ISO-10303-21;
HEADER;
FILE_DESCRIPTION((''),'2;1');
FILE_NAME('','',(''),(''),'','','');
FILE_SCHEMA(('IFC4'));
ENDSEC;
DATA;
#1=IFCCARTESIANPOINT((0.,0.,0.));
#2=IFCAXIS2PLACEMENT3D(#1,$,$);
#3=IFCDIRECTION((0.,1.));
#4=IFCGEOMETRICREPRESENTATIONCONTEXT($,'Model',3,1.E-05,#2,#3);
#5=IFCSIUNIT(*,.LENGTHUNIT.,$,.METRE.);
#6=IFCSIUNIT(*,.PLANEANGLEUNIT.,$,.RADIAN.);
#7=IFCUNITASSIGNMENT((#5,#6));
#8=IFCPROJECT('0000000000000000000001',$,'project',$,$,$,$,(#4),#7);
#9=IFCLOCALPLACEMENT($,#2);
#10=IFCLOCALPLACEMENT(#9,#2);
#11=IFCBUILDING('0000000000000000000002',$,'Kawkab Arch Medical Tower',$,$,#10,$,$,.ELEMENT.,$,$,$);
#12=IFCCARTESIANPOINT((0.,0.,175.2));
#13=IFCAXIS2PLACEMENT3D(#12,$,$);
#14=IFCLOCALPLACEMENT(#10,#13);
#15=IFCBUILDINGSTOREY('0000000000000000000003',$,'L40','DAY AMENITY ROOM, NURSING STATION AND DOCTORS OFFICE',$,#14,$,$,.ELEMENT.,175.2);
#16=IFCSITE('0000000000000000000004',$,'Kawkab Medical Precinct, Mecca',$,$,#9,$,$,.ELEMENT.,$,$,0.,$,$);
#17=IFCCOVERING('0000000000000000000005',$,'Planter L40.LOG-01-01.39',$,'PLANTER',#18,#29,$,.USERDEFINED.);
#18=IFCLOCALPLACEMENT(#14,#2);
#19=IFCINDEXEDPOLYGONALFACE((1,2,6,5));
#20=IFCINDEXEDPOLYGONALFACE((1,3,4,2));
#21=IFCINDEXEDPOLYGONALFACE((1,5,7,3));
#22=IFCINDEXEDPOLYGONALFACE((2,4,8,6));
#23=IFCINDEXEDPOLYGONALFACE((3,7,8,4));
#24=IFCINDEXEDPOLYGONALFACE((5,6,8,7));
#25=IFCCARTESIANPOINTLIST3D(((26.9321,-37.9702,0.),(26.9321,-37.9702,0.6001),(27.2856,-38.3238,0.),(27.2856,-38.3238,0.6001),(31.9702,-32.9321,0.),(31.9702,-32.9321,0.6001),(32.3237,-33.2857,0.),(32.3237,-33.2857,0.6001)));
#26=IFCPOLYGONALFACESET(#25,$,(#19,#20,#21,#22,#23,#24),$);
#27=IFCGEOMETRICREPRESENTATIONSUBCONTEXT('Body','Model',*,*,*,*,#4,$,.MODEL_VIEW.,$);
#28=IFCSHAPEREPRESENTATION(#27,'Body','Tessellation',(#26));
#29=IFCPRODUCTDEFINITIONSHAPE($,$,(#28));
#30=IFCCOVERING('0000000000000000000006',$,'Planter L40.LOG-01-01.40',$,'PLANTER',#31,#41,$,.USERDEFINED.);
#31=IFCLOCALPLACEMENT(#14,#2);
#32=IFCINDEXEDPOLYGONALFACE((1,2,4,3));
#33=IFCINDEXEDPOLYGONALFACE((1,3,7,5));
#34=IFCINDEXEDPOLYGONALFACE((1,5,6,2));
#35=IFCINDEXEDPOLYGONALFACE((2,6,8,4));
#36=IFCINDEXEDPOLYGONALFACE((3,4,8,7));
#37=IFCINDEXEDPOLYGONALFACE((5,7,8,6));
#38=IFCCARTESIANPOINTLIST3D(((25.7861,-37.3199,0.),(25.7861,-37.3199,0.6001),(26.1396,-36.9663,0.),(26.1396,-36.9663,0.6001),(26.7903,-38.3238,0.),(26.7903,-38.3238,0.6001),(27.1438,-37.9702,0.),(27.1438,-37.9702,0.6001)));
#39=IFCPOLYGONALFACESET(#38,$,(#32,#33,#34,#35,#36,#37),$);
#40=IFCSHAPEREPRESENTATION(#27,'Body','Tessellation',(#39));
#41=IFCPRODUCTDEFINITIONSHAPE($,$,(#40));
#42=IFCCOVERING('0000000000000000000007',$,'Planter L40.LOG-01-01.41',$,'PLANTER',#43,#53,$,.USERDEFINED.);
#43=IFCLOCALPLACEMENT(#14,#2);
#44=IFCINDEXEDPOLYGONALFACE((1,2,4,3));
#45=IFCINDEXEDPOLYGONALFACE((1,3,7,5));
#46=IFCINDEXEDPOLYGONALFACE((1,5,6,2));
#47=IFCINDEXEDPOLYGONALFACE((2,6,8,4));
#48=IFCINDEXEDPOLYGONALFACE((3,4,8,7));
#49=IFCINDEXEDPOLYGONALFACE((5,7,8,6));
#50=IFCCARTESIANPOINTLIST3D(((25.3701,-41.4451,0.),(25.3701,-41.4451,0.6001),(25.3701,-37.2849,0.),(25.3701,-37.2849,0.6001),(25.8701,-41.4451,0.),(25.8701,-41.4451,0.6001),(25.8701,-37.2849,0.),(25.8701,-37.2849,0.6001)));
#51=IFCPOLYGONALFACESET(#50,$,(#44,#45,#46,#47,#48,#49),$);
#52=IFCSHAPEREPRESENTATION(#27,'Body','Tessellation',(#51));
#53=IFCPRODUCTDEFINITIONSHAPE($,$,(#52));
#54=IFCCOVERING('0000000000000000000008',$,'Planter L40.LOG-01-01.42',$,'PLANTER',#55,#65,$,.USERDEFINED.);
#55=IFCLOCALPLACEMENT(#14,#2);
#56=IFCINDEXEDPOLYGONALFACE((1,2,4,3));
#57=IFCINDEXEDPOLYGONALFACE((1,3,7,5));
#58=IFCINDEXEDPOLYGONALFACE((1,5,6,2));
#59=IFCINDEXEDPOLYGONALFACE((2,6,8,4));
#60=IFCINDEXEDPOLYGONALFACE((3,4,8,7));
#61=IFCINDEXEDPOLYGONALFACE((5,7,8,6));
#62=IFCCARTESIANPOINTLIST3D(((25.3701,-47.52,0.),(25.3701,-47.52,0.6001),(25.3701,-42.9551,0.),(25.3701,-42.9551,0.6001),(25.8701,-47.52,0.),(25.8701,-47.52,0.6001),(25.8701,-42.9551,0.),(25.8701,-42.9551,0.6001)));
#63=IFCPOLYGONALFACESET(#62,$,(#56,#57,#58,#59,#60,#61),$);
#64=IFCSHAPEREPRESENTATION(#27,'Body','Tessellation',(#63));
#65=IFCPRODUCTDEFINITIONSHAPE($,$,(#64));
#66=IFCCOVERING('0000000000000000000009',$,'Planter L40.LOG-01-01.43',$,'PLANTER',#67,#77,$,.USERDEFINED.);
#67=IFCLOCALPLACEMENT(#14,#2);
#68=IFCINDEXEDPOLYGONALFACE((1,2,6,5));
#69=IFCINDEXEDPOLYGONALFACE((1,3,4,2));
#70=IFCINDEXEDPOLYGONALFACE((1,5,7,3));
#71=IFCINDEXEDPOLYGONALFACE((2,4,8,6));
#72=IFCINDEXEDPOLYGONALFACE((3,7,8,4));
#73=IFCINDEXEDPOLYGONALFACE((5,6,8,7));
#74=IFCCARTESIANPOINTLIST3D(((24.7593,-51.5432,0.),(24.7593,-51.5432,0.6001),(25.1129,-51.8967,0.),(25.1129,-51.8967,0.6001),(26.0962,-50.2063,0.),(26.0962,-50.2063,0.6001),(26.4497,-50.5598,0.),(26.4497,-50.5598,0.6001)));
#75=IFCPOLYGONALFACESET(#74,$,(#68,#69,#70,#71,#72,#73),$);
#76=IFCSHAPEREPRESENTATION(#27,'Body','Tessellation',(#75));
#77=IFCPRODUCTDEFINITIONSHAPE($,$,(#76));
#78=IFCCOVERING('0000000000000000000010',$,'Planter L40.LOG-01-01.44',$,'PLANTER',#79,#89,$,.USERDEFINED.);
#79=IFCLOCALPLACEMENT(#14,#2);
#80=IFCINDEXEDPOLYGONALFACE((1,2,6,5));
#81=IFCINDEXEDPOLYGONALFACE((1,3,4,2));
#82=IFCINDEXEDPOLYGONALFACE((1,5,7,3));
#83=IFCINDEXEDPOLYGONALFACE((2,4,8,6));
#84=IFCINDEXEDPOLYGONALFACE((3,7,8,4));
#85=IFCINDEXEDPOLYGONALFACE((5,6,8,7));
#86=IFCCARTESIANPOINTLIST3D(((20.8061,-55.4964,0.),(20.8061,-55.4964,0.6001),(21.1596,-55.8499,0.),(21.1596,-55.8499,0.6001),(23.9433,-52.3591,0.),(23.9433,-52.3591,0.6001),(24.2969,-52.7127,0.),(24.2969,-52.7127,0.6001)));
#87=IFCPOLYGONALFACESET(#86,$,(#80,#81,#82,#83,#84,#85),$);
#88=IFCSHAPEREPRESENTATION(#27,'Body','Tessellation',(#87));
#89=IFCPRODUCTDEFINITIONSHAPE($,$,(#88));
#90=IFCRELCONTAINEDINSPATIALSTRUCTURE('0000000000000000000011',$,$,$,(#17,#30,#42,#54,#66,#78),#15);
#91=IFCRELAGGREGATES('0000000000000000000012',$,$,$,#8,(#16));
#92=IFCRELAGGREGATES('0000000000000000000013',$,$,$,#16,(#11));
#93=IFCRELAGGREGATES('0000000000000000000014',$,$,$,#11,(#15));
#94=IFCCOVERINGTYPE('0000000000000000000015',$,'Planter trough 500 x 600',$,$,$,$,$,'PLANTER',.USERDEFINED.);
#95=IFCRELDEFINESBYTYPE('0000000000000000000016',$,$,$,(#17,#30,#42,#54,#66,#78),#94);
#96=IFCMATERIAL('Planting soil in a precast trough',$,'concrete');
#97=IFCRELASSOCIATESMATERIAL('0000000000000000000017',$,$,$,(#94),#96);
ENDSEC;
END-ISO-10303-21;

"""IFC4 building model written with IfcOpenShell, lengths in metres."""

from ifc_helpers import new_model, si_unit, direction, frame, origin, origin_2d, place, context, subcontext, project, spatial, rectangle, extrude, material, material_profile, profile_set, type_object, element, save


model = new_model("IFC4")

# Units and contexts
model_context = context("Model", 3, precision=1e-05, world=origin(), true_north=direction((0.0, 1.0)))
body_context = subcontext(model_context, "Body", "Model", "MODEL_VIEW")
ifc_project = project(units=[si_unit("LENGTHUNIT", "METRE"), si_unit("PLANEANGLEUNIT", "RADIAN")], contexts=[model_context])

# Site, building, storey
site_placement = place(None, origin())
site = spatial("IfcSite", under=ifc_project, at=site_placement, Name="Kawkab Medical Precinct, Mecca", CompositionType="ELEMENT", RefElevation=0.0)
building_placement = place(site_placement, origin())
building = spatial("IfcBuilding", under=site, at=building_placement, Name="Kawkab Arch Medical Tower", CompositionType="ELEMENT")
storey_placement = place(building_placement, frame((0.0, 0.0, 175.2)))
storey = spatial("IfcBuildingStorey", under=building, at=storey_placement, Name="L40", Description="DAY AMENITY ROOM, NURSING STATION AND DOCTORS OFFICE", CompositionType="ELEMENT", Elevation=175.2)

# Coverings
ifc_material_1 = material(Name="Planting soil in a precast trough", Category="concrete")
ifc_material_profile_1 = material_profile(ifc_material_1, rectangle(XDim=0.5, YDim=0.6001, at=origin_2d()), Name="Trough 500x600")
ifc_profile_set_1 = profile_set([ifc_material_profile_1], Name="Planting soil in a precast trough")
covering_type_1 = type_object("IfcCoveringType", Name="Planter trough 500 x 600", ElementType="PLANTER", PredefinedType="USERDEFINED", material=ifc_profile_set_1)
covering_1_placement = place(storey_placement, frame((32.147, -33.1089, 0.3), z_axis=(-0.707107, -0.707107, 0.0), x_axis=(0.707107, -0.707107, 0.0)))
element("IfcCovering", 1, at=covering_1_placement, inside=storey, type_object=covering_type_1, Name="Planter L40.LOG-01-01.39", ObjectType="PLANTER", PredefinedType="USERDEFINED", context=body_context, shape_type="SweptSolid", body=[
    extrude(rectangle(XDim=0.5, YDim=0.6001, at=origin_2d()), origin(), (0.0, 0.0, 1.0), 7.125),
])
covering_2_placement = place(storey_placement, frame((26.967, -38.147, 0.3), z_axis=(-0.707193, 0.707021, 0.0), x_axis=(-0.707021, -0.707193, 0.0)))
element("IfcCovering", 2, at=covering_2_placement, inside=storey, type_object=covering_type_1, Name="Planter L40.LOG-01-01.40", ObjectType="PLANTER", PredefinedType="USERDEFINED", context=body_context, shape_type="SweptSolid", body=[
    extrude(rectangle(XDim=0.5, YDim=0.6001, at=origin_2d()), origin(), (0.0, 0.0, 1.0), 1.4199),
])
covering_3_placement = place(storey_placement, frame((25.6201, -37.2849, 0.3), z_axis=(0.0, -1.0, 0.0), x_axis=(1.0, 0.0, 0.0)))
element("IfcCovering", 3, at=covering_3_placement, inside=storey, type_object=covering_type_1, Name="Planter L40.LOG-01-01.41", ObjectType="PLANTER", PredefinedType="USERDEFINED", context=body_context, shape_type="SweptSolid", body=[
    extrude(rectangle(XDim=0.5, YDim=0.6001, at=origin_2d()), origin(), (0.0, 0.0, 1.0), 4.1602),
])
covering_4_placement = place(storey_placement, frame((25.6201, -42.9551, 0.3), z_axis=(0.0, -1.0, 0.0), x_axis=(1.0, 0.0, 0.0)))
element("IfcCovering", 4, at=covering_4_placement, inside=storey, type_object=covering_type_1, Name="Planter L40.LOG-01-01.42", ObjectType="PLANTER", PredefinedType="USERDEFINED", context=body_context, shape_type="SweptSolid", body=[
    extrude(rectangle(XDim=0.5, YDim=0.6001, at=origin_2d()), origin(), (0.0, 0.0, 1.0), 4.5649),
])
covering_5_placement = place(storey_placement, frame((26.2729, -50.3831, 0.3), z_axis=(-0.707107, -0.707107, 0.0), x_axis=(0.707107, -0.707107, 0.0)))
element("IfcCovering", 5, at=covering_5_placement, inside=storey, type_object=covering_type_1, Name="Planter L40.LOG-01-01.43", ObjectType="PLANTER", PredefinedType="USERDEFINED", context=body_context, shape_type="SweptSolid", body=[
    extrude(rectangle(XDim=0.5, YDim=0.6001, at=origin_2d()), origin(), (0.0, 0.0, 1.0), 1.8906),
])
covering_6_placement = place(storey_placement, frame((24.1201, -52.5359, 0.3), z_axis=(-0.707107, -0.707107, 0.0), x_axis=(0.707107, -0.707107, 0.0)))
element("IfcCovering", 6, at=covering_6_placement, inside=storey, type_object=covering_type_1, Name="Planter L40.LOG-01-01.44", ObjectType="PLANTER", PredefinedType="USERDEFINED", context=body_context, shape_type="SweptSolid", body=[
    extrude(rectangle(XDim=0.5, YDim=0.6001, at=origin_2d()), origin(), (0.0, 0.0, 1.0), 4.4368),
])

save(model, "model.ifc")
